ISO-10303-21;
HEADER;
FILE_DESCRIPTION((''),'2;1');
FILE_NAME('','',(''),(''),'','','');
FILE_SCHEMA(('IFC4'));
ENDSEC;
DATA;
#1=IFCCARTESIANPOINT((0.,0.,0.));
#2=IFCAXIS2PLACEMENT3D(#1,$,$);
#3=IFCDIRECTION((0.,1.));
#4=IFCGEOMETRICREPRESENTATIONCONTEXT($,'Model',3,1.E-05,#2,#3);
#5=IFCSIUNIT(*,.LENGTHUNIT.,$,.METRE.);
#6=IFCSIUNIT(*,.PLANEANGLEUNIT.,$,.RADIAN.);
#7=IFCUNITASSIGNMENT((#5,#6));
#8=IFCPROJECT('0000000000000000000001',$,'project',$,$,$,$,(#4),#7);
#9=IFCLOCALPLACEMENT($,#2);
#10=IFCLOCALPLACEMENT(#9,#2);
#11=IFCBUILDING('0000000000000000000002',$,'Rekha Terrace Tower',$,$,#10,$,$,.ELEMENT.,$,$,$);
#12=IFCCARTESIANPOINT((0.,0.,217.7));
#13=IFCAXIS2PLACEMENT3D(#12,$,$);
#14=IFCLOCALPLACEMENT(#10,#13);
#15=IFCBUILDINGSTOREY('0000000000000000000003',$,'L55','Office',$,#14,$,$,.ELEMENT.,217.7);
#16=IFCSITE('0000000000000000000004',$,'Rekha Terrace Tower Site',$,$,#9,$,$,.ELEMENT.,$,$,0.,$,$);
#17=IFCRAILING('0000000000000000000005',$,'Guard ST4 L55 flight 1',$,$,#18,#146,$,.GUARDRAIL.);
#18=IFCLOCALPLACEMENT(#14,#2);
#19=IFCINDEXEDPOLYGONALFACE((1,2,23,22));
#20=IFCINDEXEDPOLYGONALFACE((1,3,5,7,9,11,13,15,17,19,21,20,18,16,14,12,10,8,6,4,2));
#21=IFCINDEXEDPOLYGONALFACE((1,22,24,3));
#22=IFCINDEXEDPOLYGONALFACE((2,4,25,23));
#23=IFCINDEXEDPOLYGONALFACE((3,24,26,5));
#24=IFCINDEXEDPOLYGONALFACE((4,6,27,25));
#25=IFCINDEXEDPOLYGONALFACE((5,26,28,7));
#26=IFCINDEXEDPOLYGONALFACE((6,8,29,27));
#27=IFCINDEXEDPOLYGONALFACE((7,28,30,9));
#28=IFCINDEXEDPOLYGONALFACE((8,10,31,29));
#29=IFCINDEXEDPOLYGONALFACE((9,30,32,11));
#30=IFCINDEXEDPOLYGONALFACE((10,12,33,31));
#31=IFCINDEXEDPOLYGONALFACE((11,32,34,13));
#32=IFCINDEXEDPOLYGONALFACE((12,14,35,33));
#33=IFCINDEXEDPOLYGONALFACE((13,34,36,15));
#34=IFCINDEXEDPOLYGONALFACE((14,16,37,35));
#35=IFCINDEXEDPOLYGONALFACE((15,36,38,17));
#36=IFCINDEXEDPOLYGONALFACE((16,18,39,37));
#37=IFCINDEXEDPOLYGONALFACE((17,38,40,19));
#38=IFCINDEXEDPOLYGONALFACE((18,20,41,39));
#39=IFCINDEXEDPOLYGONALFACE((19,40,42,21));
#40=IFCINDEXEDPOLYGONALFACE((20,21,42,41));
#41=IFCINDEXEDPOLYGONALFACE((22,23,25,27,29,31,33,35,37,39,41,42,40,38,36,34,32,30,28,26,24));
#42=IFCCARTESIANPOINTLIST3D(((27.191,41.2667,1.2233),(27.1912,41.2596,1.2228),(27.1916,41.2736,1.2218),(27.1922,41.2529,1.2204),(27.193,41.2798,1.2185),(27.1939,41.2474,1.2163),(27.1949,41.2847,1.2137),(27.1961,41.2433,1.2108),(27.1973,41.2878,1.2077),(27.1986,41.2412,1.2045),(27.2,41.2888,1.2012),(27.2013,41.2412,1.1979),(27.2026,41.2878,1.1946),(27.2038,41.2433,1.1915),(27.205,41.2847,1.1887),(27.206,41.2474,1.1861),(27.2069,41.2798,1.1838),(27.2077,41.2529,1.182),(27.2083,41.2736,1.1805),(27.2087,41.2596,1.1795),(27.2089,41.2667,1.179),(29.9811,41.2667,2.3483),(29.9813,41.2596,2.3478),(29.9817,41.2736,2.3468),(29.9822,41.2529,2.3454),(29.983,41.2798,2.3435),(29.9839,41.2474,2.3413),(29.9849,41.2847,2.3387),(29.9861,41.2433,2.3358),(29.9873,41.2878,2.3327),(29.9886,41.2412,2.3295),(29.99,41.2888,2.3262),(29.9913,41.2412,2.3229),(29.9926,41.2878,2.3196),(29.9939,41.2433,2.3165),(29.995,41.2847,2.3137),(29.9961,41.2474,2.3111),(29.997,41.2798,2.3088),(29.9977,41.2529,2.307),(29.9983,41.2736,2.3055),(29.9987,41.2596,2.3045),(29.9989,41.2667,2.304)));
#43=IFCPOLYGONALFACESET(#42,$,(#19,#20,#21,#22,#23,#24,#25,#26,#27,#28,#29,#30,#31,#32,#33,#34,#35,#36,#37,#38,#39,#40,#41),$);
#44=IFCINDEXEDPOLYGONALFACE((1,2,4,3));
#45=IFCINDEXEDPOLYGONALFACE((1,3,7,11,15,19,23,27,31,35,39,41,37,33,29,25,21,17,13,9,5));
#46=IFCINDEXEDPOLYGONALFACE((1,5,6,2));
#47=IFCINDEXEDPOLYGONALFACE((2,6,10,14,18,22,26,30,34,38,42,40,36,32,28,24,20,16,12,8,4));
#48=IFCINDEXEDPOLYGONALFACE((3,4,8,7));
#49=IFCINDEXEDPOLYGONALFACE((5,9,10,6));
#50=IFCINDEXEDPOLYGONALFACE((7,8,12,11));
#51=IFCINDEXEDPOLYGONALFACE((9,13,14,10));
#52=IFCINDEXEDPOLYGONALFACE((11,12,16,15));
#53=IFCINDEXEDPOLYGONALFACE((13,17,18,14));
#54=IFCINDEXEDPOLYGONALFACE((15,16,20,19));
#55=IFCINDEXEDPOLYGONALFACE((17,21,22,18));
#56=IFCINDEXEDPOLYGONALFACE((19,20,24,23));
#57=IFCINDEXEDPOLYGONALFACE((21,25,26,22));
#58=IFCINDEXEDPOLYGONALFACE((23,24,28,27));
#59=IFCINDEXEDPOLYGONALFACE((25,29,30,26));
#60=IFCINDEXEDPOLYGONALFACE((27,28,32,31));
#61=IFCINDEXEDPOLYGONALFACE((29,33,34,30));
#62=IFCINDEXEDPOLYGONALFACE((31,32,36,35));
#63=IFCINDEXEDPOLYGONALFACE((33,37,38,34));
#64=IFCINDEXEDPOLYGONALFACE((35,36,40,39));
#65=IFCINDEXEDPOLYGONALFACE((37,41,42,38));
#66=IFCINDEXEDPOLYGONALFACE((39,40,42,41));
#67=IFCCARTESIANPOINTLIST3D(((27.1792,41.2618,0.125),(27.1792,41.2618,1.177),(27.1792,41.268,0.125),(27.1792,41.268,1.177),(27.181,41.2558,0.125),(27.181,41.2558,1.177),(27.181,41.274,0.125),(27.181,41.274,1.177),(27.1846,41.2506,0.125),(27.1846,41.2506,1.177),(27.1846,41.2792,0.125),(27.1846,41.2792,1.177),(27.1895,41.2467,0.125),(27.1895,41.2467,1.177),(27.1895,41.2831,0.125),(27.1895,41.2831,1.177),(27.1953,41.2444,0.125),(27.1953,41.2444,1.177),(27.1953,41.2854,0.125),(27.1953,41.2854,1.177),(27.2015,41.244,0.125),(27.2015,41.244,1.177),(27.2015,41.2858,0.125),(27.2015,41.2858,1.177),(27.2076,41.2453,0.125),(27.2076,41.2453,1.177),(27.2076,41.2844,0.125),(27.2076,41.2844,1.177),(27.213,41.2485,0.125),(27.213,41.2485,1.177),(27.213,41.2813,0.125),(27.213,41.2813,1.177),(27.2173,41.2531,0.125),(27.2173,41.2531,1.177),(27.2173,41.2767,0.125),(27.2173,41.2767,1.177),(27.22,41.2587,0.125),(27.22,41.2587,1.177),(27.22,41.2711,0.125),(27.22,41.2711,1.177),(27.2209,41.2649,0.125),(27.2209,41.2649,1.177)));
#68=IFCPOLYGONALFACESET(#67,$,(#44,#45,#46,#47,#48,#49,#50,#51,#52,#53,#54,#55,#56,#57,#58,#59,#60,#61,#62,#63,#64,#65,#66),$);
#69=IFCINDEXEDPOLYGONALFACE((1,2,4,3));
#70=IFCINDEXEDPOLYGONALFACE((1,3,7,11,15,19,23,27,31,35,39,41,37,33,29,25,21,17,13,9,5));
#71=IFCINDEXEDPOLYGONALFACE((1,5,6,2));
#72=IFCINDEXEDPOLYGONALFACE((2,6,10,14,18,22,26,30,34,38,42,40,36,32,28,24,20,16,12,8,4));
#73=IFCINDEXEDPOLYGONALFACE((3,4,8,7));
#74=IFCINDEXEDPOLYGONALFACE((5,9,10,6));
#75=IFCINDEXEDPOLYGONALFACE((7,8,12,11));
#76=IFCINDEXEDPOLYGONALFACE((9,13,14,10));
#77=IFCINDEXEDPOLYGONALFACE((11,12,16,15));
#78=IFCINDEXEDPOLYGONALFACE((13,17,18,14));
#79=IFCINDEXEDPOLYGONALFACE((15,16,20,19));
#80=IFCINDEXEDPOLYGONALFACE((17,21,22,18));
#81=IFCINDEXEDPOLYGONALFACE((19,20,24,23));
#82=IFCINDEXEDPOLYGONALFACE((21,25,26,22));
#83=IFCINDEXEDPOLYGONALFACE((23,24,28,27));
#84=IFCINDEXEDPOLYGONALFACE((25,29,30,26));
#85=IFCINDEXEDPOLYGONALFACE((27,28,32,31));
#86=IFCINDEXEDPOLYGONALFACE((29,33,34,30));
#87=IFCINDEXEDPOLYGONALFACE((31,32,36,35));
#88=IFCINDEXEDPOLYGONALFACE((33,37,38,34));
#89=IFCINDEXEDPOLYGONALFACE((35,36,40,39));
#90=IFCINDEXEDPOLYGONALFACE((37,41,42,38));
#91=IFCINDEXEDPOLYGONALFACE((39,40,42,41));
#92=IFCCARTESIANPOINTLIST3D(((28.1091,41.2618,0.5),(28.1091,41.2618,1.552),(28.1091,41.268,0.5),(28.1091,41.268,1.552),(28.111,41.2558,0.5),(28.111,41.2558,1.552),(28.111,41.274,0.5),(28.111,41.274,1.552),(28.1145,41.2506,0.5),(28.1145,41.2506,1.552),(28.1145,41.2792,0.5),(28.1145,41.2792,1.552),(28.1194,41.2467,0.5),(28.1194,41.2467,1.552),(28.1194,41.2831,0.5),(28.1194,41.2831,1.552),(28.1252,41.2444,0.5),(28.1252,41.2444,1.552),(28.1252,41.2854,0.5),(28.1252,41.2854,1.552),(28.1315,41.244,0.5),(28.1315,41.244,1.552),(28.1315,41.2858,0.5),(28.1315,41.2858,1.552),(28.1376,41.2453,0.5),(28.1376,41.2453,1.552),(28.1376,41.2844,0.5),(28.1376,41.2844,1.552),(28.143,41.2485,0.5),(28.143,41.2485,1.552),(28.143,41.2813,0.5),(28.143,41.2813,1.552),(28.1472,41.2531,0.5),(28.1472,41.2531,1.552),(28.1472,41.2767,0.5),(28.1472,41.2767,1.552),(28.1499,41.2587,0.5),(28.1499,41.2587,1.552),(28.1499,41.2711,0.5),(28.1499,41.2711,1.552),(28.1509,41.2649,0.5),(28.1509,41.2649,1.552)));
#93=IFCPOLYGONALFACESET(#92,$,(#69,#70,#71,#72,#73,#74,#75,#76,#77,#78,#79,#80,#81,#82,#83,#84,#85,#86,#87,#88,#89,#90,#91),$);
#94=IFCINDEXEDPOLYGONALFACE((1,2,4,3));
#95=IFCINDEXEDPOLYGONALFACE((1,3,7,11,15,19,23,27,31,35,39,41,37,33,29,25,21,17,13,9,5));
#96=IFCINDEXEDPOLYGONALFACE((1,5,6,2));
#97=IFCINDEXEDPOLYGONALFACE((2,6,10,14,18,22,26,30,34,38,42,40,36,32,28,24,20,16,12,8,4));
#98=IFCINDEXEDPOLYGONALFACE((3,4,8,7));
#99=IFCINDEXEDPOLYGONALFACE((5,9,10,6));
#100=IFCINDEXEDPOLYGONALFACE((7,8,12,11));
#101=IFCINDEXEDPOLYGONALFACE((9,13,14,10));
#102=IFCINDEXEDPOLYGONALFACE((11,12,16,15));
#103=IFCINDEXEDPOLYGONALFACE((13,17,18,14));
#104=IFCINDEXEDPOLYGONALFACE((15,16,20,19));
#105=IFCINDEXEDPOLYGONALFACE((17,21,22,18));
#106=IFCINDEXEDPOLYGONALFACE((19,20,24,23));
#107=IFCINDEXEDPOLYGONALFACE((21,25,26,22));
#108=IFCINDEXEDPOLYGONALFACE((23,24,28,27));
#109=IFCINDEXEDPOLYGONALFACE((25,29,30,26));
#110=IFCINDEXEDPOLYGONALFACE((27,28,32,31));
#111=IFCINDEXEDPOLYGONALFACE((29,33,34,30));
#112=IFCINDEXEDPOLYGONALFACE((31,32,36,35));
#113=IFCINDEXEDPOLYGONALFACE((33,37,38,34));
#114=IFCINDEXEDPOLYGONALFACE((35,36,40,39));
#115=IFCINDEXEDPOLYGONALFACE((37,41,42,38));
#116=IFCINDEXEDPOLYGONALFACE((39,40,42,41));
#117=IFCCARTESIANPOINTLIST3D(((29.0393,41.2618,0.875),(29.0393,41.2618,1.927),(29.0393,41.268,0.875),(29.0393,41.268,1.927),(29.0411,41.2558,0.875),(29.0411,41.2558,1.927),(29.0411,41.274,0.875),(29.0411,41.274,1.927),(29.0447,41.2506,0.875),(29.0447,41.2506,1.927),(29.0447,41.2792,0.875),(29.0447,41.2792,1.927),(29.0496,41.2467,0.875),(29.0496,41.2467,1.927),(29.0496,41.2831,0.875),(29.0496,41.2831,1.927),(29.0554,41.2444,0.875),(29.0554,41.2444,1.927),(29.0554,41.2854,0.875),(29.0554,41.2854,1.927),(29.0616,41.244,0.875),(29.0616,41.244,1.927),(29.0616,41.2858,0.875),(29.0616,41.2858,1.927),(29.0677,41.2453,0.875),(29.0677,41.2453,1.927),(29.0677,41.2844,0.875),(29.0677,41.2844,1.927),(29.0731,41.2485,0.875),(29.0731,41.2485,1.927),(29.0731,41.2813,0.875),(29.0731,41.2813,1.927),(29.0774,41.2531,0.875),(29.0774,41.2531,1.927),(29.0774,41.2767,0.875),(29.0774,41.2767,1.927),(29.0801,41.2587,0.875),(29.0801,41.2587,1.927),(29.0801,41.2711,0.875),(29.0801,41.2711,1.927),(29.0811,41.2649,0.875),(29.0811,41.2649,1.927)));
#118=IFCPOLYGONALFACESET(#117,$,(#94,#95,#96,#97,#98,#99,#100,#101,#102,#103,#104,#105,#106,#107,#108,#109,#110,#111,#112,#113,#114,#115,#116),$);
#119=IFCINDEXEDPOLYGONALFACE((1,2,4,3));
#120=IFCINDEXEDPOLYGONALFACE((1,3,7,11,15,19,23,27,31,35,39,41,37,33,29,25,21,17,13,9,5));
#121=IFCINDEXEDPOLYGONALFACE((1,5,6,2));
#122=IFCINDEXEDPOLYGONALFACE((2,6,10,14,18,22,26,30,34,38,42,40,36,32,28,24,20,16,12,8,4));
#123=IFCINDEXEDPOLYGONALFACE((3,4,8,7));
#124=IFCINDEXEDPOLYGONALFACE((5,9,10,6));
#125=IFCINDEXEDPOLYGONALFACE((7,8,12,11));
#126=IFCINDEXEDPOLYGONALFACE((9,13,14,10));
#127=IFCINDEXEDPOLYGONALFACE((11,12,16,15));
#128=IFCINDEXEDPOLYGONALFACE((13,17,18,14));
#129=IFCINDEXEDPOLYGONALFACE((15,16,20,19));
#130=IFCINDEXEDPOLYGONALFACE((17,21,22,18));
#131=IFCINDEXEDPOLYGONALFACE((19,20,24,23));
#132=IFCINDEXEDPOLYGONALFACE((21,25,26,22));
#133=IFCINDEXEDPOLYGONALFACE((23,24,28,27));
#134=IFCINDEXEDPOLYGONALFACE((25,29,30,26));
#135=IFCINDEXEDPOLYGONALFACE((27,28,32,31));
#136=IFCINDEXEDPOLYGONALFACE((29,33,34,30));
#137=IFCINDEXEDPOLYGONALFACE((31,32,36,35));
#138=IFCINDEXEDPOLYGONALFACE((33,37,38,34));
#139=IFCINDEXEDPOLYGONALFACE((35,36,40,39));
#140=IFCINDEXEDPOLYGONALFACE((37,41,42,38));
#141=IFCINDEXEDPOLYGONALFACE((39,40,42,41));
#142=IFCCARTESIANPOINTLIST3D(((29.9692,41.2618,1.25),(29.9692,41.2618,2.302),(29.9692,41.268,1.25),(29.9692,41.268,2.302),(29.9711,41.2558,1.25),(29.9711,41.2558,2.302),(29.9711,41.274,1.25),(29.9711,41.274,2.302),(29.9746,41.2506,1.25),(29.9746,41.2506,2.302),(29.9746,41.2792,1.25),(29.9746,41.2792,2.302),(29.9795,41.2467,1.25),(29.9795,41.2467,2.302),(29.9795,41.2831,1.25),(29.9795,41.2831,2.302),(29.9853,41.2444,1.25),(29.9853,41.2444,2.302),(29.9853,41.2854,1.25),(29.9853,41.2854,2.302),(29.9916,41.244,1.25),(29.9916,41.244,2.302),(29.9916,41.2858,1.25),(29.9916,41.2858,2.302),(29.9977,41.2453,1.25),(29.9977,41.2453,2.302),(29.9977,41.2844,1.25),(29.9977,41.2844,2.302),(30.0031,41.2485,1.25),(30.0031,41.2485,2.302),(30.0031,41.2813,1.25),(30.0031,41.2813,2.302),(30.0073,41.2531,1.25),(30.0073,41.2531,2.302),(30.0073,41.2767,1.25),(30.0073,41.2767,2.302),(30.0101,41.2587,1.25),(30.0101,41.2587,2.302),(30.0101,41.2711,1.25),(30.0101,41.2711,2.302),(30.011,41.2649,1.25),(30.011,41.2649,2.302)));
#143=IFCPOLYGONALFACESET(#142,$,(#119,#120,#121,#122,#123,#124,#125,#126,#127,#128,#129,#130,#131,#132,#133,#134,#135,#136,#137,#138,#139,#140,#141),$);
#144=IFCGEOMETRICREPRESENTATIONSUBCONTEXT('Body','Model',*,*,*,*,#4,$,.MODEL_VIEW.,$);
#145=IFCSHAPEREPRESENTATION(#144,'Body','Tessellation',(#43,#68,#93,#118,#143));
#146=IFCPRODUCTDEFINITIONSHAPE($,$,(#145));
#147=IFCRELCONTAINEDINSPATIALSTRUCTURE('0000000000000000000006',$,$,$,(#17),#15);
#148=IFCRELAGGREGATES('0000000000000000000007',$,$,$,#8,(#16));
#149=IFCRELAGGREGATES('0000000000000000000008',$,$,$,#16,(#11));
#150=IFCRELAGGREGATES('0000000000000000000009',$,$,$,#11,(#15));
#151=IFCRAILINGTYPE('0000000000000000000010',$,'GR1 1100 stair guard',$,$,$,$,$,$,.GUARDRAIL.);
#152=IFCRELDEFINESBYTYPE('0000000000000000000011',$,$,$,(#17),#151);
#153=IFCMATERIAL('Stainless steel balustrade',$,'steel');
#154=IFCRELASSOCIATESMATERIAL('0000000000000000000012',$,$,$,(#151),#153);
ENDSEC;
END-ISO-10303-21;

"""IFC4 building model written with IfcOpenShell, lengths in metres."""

from ifc_helpers import new_model, si_unit, direction, frame, origin, origin_2d, place, context, subcontext, project, spatial, circle, extrude, material, type_object, element, save


model = new_model("IFC4")

# Units and contexts
model_context = context("Model", 3, precision=1e-05, world=origin(), true_north=direction((0.0, 1.0)))
body_context = subcontext(model_context, "Body", "Model", "MODEL_VIEW")
ifc_project = project(units=[si_unit("LENGTHUNIT", "METRE"), si_unit("PLANEANGLEUNIT", "RADIAN")], contexts=[model_context])

# Site, building, storey
site_placement = place(None, origin())
site = spatial("IfcSite", under=ifc_project, at=site_placement, Name="Rekha Terrace Tower Site", CompositionType="ELEMENT", RefElevation=0.0)
building_placement = place(site_placement, origin())
building = spatial("IfcBuilding", under=site, at=building_placement, Name="Rekha Terrace Tower", CompositionType="ELEMENT")
storey_placement = place(building_placement, frame((0.0, 0.0, 217.7)))
storey = spatial("IfcBuildingStorey", under=building, at=storey_placement, Name="L55", Description="Office", CompositionType="ELEMENT", Elevation=217.7)

# Railing
ifc_material_1 = material(Name="Stainless steel balustrade", Category="steel")
railing_type_1 = type_object("IfcRailingType", Name="GR1 1100 stair guard", PredefinedType="GUARDRAIL", material=ifc_material_1)
railing_1_placement = place(storey_placement, frame((27.2, 41.2649, 0.125)))
element("IfcRailing", 1, at=railing_1_placement, inside=storey, type_object=railing_type_1, Name="Guard ST4 L55 flight 1", PredefinedType="GUARDRAIL", context=body_context, shape_type="SweptSolid", body=[
    extrude(circle(Radius=0.0239, at=origin_2d()), frame((0.0, 0.0, 1.0762), z_axis=(0.927443, 0.0, 0.373964), x_axis=(0.0, 1.0, 0.0)), (0.0, 0.0, 1.0), 3.0083),
    extrude(circle(Radius=0.021, at=origin_2d()), origin(), (0.0, 0.0, 1.0), 1.052),
    extrude(circle(Radius=0.021, at=origin_2d()), frame((0.9299, 0.0, 0.375)), (0.0, 0.0, 1.0), 1.052),
    extrude(circle(Radius=0.021, at=origin_2d()), frame((1.8601, 0.0, 0.75)), (0.0, 0.0, 1.0), 1.052),
    extrude(circle(Radius=0.021, at=origin_2d()), frame((2.79, 0.0, 1.125)), (0.0, 0.0, 1.0), 1.052),
])

save(model, "model.ifc")
